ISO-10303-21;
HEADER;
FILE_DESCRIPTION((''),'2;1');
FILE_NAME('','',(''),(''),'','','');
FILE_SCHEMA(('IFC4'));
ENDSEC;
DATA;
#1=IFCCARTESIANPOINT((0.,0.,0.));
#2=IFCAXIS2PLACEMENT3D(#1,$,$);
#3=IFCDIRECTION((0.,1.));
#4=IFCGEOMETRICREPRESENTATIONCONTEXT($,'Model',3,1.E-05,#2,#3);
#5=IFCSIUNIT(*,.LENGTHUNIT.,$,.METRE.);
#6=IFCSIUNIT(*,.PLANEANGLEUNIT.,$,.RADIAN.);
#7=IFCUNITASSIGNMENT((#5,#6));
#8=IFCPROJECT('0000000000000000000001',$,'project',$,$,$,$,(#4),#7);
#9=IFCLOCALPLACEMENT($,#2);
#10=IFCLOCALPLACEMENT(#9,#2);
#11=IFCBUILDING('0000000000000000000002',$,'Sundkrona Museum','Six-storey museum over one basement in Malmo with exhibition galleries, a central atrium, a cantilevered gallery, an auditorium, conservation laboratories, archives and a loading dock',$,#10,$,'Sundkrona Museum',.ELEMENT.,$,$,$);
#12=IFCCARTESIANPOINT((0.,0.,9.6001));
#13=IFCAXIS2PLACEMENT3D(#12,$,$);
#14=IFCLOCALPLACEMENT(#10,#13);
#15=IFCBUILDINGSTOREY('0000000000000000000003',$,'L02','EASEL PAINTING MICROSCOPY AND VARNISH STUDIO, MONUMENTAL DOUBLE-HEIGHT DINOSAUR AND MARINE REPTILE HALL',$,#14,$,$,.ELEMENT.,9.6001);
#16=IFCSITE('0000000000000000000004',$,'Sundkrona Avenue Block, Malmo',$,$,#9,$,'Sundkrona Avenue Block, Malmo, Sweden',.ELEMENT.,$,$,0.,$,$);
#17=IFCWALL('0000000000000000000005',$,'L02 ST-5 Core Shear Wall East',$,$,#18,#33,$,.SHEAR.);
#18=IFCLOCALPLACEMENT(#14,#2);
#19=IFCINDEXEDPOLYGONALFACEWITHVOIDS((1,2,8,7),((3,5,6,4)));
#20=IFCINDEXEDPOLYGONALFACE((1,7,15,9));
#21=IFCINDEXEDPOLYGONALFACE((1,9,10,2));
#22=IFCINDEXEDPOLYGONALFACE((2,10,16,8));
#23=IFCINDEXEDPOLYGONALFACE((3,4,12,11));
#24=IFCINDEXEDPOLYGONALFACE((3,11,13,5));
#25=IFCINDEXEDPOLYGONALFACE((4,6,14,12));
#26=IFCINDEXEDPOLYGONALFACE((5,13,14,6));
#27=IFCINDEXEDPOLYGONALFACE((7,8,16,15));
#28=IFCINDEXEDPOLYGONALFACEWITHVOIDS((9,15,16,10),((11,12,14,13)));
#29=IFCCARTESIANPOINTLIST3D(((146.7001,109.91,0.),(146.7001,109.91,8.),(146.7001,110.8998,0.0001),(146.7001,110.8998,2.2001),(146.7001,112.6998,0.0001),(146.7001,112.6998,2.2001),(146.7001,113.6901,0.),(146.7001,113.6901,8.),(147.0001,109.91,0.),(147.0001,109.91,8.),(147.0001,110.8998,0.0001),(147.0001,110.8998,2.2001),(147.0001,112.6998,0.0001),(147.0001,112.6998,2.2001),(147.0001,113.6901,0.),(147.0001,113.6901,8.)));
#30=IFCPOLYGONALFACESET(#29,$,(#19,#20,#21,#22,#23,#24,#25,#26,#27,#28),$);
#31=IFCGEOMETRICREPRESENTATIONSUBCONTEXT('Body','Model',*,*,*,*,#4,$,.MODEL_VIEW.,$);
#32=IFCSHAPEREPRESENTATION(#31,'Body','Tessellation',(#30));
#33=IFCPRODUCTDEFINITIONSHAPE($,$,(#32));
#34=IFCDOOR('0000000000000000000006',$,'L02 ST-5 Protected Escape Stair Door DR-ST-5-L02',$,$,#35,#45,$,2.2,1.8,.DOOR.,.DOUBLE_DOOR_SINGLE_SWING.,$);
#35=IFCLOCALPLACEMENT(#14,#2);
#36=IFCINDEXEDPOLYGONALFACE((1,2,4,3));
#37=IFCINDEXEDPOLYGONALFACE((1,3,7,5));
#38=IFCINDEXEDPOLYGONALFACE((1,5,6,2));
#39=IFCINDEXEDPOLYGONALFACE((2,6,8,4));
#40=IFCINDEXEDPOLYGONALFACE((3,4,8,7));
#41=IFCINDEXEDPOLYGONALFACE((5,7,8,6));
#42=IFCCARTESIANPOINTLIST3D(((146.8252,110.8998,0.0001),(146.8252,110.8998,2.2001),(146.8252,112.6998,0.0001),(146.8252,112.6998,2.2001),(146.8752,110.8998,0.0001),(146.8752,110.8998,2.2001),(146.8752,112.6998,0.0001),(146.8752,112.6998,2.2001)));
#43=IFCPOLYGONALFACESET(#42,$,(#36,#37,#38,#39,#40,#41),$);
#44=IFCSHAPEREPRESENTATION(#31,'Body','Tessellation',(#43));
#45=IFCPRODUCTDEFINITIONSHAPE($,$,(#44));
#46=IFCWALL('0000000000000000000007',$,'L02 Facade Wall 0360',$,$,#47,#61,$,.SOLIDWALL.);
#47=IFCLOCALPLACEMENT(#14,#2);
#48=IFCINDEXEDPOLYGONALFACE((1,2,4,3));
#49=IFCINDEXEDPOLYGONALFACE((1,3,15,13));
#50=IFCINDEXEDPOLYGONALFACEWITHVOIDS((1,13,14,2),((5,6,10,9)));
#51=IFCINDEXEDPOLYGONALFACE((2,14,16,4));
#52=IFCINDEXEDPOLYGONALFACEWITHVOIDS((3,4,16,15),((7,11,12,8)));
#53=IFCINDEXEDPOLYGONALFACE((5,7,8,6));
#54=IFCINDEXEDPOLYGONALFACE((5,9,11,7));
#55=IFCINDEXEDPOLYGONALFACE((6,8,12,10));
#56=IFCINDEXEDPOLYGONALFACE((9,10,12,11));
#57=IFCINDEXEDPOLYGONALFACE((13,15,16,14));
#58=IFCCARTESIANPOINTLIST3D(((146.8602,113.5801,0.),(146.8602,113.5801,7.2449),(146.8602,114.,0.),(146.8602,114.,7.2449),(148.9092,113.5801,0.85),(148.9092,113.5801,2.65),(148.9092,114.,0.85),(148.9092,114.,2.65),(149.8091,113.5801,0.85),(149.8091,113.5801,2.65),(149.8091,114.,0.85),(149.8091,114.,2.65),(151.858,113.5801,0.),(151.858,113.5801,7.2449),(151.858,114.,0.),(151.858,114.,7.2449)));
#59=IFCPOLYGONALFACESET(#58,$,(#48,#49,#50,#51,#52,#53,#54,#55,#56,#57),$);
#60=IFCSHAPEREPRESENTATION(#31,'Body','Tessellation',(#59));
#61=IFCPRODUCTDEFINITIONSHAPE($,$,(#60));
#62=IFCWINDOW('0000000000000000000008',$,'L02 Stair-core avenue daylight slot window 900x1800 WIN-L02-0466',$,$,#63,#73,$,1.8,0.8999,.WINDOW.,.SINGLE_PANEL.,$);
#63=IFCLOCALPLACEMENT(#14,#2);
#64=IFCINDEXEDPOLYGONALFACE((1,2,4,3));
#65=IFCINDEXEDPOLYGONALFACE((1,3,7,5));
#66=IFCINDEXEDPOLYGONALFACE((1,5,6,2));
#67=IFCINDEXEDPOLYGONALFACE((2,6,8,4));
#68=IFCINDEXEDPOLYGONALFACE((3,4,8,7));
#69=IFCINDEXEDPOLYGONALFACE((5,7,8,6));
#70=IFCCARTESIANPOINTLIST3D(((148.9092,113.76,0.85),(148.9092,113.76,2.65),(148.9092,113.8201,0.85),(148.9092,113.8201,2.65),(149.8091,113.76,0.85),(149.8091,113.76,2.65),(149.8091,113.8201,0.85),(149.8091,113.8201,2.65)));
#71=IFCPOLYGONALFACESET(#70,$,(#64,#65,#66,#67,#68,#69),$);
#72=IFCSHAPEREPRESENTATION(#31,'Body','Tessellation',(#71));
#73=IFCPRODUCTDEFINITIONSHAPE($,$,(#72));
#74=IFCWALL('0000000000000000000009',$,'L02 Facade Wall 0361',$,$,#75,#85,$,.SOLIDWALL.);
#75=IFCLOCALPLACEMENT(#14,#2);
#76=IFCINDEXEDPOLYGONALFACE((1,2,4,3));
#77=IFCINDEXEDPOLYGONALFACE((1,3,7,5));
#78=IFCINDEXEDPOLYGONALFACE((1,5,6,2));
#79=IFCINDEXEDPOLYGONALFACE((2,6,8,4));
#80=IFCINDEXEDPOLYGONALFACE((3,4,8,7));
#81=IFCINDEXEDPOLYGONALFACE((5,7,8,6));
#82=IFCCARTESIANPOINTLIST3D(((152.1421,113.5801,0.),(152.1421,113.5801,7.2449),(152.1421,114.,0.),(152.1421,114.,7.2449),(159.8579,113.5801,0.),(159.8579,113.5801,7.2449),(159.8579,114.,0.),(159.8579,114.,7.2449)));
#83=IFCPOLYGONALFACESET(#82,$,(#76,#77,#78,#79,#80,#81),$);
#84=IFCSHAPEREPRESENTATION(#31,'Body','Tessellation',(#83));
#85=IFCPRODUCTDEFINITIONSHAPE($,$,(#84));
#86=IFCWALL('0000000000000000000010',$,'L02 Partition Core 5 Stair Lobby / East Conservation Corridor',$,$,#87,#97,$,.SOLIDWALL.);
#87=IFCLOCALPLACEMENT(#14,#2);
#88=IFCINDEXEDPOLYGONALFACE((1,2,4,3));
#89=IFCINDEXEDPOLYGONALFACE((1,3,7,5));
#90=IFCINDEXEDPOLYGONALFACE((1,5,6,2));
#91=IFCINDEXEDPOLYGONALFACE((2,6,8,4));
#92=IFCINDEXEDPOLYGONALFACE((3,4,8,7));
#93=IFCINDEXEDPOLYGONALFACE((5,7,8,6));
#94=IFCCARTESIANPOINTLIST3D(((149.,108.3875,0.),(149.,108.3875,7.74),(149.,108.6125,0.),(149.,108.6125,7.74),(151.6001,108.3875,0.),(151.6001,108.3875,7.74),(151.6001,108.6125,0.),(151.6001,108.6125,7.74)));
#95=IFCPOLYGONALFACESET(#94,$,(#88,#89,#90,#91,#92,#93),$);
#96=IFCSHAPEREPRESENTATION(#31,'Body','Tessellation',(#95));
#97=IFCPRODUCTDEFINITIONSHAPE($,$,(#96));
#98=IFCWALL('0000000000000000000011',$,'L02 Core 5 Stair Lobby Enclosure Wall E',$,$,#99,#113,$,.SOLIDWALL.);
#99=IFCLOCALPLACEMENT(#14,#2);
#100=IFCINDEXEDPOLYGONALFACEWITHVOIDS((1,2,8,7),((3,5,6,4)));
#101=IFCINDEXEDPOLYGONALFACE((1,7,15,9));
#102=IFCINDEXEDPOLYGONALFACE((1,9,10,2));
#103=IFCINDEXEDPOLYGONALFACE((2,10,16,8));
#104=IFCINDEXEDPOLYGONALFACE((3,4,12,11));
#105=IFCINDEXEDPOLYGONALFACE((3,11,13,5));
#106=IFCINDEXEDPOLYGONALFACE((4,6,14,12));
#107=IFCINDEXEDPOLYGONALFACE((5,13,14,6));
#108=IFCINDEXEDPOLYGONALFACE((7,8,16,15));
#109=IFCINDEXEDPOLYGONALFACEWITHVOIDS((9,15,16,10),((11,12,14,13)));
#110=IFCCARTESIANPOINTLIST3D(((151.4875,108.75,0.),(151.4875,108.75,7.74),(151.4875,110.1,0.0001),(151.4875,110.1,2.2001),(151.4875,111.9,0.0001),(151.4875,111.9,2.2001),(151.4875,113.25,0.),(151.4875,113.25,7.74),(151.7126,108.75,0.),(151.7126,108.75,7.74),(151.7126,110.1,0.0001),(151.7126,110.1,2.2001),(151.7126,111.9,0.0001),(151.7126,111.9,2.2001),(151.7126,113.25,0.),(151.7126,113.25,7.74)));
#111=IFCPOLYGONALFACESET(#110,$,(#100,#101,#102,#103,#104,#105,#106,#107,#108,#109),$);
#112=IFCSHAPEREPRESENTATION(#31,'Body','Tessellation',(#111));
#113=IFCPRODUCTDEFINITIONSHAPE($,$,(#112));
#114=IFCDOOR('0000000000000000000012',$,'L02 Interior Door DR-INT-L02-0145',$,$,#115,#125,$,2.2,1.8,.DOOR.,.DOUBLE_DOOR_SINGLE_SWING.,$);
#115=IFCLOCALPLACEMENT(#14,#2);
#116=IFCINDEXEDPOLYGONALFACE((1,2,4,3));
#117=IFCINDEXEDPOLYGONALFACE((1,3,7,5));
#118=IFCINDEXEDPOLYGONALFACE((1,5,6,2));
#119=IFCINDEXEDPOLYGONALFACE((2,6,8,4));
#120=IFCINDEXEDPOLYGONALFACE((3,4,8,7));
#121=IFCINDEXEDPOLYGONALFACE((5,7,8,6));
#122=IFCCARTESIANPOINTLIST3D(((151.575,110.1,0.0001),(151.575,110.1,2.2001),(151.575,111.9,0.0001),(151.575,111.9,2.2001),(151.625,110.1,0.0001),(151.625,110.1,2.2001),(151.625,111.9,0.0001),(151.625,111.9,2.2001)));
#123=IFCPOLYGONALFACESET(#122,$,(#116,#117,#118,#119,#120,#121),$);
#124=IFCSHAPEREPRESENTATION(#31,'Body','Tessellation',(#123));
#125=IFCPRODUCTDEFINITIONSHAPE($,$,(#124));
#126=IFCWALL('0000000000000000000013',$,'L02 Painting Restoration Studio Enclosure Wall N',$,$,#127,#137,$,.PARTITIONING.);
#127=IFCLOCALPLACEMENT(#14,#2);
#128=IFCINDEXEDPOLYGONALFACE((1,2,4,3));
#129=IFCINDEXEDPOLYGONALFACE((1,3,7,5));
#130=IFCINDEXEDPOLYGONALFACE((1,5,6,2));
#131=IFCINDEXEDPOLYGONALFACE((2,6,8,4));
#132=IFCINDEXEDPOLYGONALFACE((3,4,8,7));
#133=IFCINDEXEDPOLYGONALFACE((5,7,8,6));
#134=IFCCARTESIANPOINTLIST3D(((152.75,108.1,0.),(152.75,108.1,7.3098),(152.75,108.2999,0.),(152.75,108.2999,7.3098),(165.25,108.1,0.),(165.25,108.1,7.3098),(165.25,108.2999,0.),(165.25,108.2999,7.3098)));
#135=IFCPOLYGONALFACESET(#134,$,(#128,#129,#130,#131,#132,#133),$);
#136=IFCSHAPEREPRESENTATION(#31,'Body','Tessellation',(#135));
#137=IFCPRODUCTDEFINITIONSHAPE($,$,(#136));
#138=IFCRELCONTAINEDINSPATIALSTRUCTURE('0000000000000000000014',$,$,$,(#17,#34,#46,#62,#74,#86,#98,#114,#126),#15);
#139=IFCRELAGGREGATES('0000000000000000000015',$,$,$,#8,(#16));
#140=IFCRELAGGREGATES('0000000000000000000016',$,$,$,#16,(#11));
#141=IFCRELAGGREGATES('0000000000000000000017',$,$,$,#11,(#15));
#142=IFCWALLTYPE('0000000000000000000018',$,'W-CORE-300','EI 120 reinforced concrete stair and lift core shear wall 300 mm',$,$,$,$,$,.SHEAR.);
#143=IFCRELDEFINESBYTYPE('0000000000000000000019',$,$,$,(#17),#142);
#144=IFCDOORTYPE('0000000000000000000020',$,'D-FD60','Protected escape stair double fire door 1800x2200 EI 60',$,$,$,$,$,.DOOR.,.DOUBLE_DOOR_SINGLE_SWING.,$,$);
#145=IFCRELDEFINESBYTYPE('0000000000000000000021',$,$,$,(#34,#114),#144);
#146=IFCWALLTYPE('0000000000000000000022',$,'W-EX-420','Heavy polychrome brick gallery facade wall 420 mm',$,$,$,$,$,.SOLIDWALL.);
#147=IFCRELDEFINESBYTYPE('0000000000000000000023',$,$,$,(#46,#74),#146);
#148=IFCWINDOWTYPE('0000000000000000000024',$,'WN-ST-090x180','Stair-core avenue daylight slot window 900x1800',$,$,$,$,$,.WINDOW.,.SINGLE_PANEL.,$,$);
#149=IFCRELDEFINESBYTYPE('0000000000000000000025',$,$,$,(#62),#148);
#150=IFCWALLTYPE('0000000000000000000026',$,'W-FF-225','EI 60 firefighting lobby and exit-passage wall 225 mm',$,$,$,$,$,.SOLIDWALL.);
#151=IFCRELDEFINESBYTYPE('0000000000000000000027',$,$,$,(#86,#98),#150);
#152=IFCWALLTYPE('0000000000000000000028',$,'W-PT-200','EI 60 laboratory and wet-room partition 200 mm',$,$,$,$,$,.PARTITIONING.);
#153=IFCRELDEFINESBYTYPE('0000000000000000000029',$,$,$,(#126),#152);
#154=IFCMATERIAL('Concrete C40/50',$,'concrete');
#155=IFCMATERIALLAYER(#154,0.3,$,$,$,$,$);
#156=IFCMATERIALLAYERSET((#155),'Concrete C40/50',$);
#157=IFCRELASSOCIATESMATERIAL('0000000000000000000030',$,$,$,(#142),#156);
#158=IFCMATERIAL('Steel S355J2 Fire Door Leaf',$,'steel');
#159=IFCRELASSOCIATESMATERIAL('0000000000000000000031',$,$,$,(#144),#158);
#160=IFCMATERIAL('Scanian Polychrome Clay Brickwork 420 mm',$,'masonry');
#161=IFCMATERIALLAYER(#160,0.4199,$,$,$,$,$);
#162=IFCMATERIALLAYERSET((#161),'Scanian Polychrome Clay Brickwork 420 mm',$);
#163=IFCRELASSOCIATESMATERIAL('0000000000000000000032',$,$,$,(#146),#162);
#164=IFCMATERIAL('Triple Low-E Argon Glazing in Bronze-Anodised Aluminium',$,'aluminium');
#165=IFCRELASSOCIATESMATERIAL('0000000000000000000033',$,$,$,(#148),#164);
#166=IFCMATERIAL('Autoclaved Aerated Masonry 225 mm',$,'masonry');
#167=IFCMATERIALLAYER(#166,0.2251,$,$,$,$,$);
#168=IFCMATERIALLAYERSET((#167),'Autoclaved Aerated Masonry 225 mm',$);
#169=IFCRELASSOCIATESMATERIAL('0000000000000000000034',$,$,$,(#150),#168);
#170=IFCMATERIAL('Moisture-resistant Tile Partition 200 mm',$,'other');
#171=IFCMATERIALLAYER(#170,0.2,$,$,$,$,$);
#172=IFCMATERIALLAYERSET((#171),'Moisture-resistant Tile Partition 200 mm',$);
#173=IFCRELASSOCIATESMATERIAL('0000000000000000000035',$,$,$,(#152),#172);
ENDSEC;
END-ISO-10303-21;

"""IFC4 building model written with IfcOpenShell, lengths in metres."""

from ifc_helpers import new_model, si_unit, direction, frame, frame_2d, origin, place, context, subcontext, project, spatial, rectangle, extrude, material, layer, layer_set, type_object, element, fill, save


model = new_model("IFC4")

# Units and contexts
model_context = context("Model", 3, precision=1e-05, world=origin(), true_north=direction((0.0, 1.0)))
body_context = subcontext(model_context, "Body", "Model", "MODEL_VIEW")
ifc_project = project(units=[si_unit("LENGTHUNIT", "METRE"), si_unit("PLANEANGLEUNIT", "RADIAN")], contexts=[model_context])

# Site, building, storey
site_placement = place(None, origin())
site = spatial("IfcSite", under=ifc_project, at=site_placement, Name="Sundkrona Avenue Block, Malmo", LongName="Sundkrona Avenue Block, Malmo, Sweden", CompositionType="ELEMENT", RefElevation=0.0)
building_placement = place(site_placement, origin())
building = spatial("IfcBuilding", under=site, at=building_placement, Name="Sundkrona Museum", Description="Six-storey museum over one basement in Malmo with exhibition galleries, a central atrium, a cantilevered gallery, an auditorium, conservation laboratories, archives and a loading dock", LongName="Sundkrona Museum", CompositionType="ELEMENT")
storey_placement = place(building_placement, frame((0.0, 0.0, 9.6001)))
storey = spatial("IfcBuildingStorey", under=building, at=storey_placement, Name="L02", Description="EASEL PAINTING MICROSCOPY AND VARNISH STUDIO, MONUMENTAL DOUBLE-HEIGHT DINOSAUR AND MARINE REPTILE HALL", CompositionType="ELEMENT", Elevation=9.6001)

# Wall, opening, door
ifc_material_1 = material(Name="Concrete C40/50", Category="concrete")
ifc_layer_1 = layer(ifc_material_1, 0.3)
ifc_layer_set_1 = layer_set([ifc_layer_1], Name="Concrete C40/50")
wall_type_1 = type_object("IfcWallType", Name="W-CORE-300", Description="EI 120 reinforced concrete stair and lift core shear wall 300 mm", PredefinedType="SHEAR", material=ifc_layer_set_1)
wall_1_placement = place(storey_placement, frame((146.8501, 109.9099, 0.0), z_axis=(0.0, 0.0, 1.0), x_axis=(0.0, 1.0, 0.0)))
wall_1 = element("IfcWall", 1, at=wall_1_placement, inside=storey, type_object=wall_type_1, Name="L02 ST-5 Core Shear Wall East", PredefinedType="SHEAR", context=body_context, shape_type="SweptSolid", body=[
    extrude(rectangle(XDim=3.78, YDim=0.3, at=frame_2d((1.8901, 0.0))), origin(), (0.0, 0.0, 1.0), 8.0),
])
opening_1_placement = place(wall_1_placement, frame((0.99, 0.0, 0.0)))
opening_1 = element("IfcOpeningElement", 2, at=opening_1_placement, cuts=wall_1, PredefinedType="OPENING", context=body_context, shape_type="SweptSolid", body=[
    extrude(rectangle(XDim=1.8, YDim=2.2, at=frame_2d((0.8999, 1.1001))), frame((0.0, 0.1599, 0.0), z_axis=(0.0, -1.0, 0.0), x_axis=(1.0, 0.0, 0.0)), (0.0, 0.0, 1.0), 0.3201),
])
ifc_material_2 = material(Name="Steel S355J2 Fire Door Leaf", Category="steel")
door_type = type_object("IfcDoorType", Name="D-FD60", Description="Protected escape stair double fire door 1800x2200 EI 60", OperationType="DOUBLE_DOOR_SINGLE_SWING", PredefinedType="DOOR", material=ifc_material_2)
door_1_placement = place(opening_1_placement, origin())
door_1 = element("IfcDoor", 3, at=door_1_placement, inside=storey, type_object=door_type, Name="L02 ST-5 Protected Escape Stair Door DR-ST-5-L02", OperationType="DOUBLE_DOOR_SINGLE_SWING", OverallHeight=2.2, OverallWidth=1.8, PredefinedType="DOOR", context=body_context, shape_type="SweptSolid", body=[
    extrude(rectangle(XDim=1.8, YDim=2.2, at=frame_2d((0.8999, 1.1001))), frame((0.0, 0.0249, 0.0), z_axis=(0.0, -1.0, 0.0), x_axis=(1.0, 0.0, 0.0)), (0.0, 0.0, 1.0), 0.05),
])
fill(opening_1, door_1)

# Wall, opening, window
ifc_material_3 = material(Name="Scanian Polychrome Clay Brickwork 420 mm", Category="masonry")
ifc_layer_2 = layer(ifc_material_3, 0.4199)
ifc_layer_set_2 = layer_set([ifc_layer_2], Name="Scanian Polychrome Clay Brickwork 420 mm")
wall_type_2 = type_object("IfcWallType", Name="W-EX-420", Description="Heavy polychrome brick gallery facade wall 420 mm", PredefinedType="SOLIDWALL", material=ifc_layer_set_2)
wall_2_placement = place(storey_placement, frame((146.8601, 113.79, 0.0), z_axis=(0.0, 0.0, 1.0), x_axis=(1.0, 0.0, 0.0)))
wall_2 = element("IfcWall", 4, at=wall_2_placement, inside=storey, type_object=wall_type_2, Name="L02 Facade Wall 0360", PredefinedType="SOLIDWALL", context=body_context, shape_type="SweptSolid", body=[
    extrude(rectangle(XDim=4.9978, YDim=0.4199, at=frame_2d((2.499, 0.0))), origin(), (0.0, 0.0, 1.0), 7.2449),
])
opening_2_placement = place(wall_2_placement, frame((2.0491, 0.0, 0.8501)))
opening_2 = element("IfcOpeningElement", 5, at=opening_2_placement, cuts=wall_2, PredefinedType="OPENING", context=body_context, shape_type="SweptSolid", body=[
    extrude(rectangle(XDim=0.8999, YDim=1.8, at=frame_2d((0.45, 0.8999))), frame((0.0, 0.22, 0.0), z_axis=(0.0, -1.0, 0.0), x_axis=(1.0, 0.0, 0.0)), (0.0, 0.0, 1.0), 0.4399),
])
ifc_material_4 = material(Name="Triple Low-E Argon Glazing in Bronze-Anodised Aluminium", Category="aluminium")
window_type = type_object("IfcWindowType", Name="WN-ST-090x180", Description="Stair-core avenue daylight slot window 900x1800", PartitioningType="SINGLE_PANEL", PredefinedType="WINDOW", material=ifc_material_4)
window_placement = place(opening_2_placement, origin())
window = element("IfcWindow", 6, at=window_placement, inside=storey, type_object=window_type, Name="L02 Stair-core avenue daylight slot window 900x1800 WIN-L02-0466", OverallHeight=1.8, OverallWidth=0.8999, PartitioningType="SINGLE_PANEL", PredefinedType="WINDOW", context=body_context, shape_type="SweptSolid", body=[
    extrude(rectangle(XDim=0.8999, YDim=1.8, at=frame_2d((0.45, 0.8999))), frame((0.0, 0.03, 0.0), z_axis=(0.0, -1.0, 0.0), x_axis=(1.0, 0.0, 0.0)), (0.0, 0.0, 1.0), 0.0601),
])
fill(opening_2, window)

# Walls
wall_3_placement = place(storey_placement, frame((152.1421, 113.79, 0.0), z_axis=(0.0, 0.0, 1.0), x_axis=(1.0, 0.0, 0.0)))
element("IfcWall", 7, at=wall_3_placement, inside=storey, type_object=wall_type_2, Name="L02 Facade Wall 0361", PredefinedType="SOLIDWALL", context=body_context, shape_type="SweptSolid", body=[
    extrude(rectangle(XDim=7.7158, YDim=0.4199, at=frame_2d((3.8579, 0.0))), origin(), (0.0, 0.0, 1.0), 7.2449),
])
ifc_material_5 = material(Name="Autoclaved Aerated Masonry 225 mm", Category="masonry")
ifc_layer_3 = layer(ifc_material_5, 0.2251)
ifc_layer_set_3 = layer_set([ifc_layer_3], Name="Autoclaved Aerated Masonry 225 mm")
wall_type_3 = type_object("IfcWallType", Name="W-FF-225", Description="EI 60 firefighting lobby and exit-passage wall 225 mm", PredefinedType="SOLIDWALL", material=ifc_layer_set_3)
wall_4_placement = place(storey_placement, frame((149.0, 108.5, 0.0), z_axis=(0.0, 0.0, 1.0), x_axis=(1.0, 0.0, 0.0)))
element("IfcWall", 8, at=wall_4_placement, inside=storey, type_object=wall_type_3, Name="L02 Partition Core 5 Stair Lobby / East Conservation Corridor", PredefinedType="SOLIDWALL", context=body_context, shape_type="SweptSolid", body=[
    extrude(rectangle(XDim=2.6001, YDim=0.2251, at=frame_2d((1.3, 0.0))), origin(), (0.0, 0.0, 1.0), 7.74),
])

# Wall, opening, door
wall_5_placement = place(storey_placement, frame((151.6001, 113.25, 0.0), z_axis=(0.0, 0.0, 1.0), x_axis=(0.0, -1.0, 0.0)))
wall_5 = element("IfcWall", 9, at=wall_5_placement, inside=storey, type_object=wall_type_3, Name="L02 Core 5 Stair Lobby Enclosure Wall E", PredefinedType="SOLIDWALL", context=body_context, shape_type="SweptSolid", body=[
    extrude(rectangle(XDim=4.5, YDim=0.2251, at=frame_2d((2.25, 0.0))), origin(), (0.0, 0.0, 1.0), 7.74),
])
opening_3_placement = place(wall_5_placement, frame((1.3501, 0.0, 0.0)))
opening_3 = element("IfcOpeningElement", 10, at=opening_3_placement, cuts=wall_5, PredefinedType="OPENING", context=body_context, shape_type="SweptSolid", body=[
    extrude(rectangle(XDim=1.8, YDim=2.2, at=frame_2d((0.8999, 1.1001))), frame((0.0, 0.1226, 0.0), z_axis=(0.0, -1.0, 0.0), x_axis=(1.0, 0.0, 0.0)), (0.0, 0.0, 1.0), 0.2451),
])
door_2_placement = place(opening_3_placement, origin())
door_2 = element("IfcDoor", 11, at=door_2_placement, inside=storey, type_object=door_type, Name="L02 Interior Door DR-INT-L02-0145", OperationType="DOUBLE_DOOR_SINGLE_SWING", OverallHeight=2.2, OverallWidth=1.8, PredefinedType="DOOR", context=body_context, shape_type="SweptSolid", body=[
    extrude(rectangle(XDim=1.8, YDim=2.2, at=frame_2d((0.8999, 1.1001))), frame((0.0, 0.0249, 0.0), z_axis=(0.0, -1.0, 0.0), x_axis=(1.0, 0.0, 0.0)), (0.0, 0.0, 1.0), 0.05),
])
fill(opening_3, door_2)

# Wall
ifc_material_6 = material(Name="Moisture-resistant Tile Partition 200 mm", Category="other")
ifc_layer_4 = layer(ifc_material_6, 0.2)
ifc_layer_set_4 = layer_set([ifc_layer_4], Name="Moisture-resistant Tile Partition 200 mm")
wall_type_4 = type_object("IfcWallType", Name="W-PT-200", Description="EI 60 laboratory and wet-room partition 200 mm", PredefinedType="PARTITIONING", material=ifc_layer_set_4)
wall_6_placement = place(storey_placement, frame((152.75, 108.2, 0.0), z_axis=(0.0, 0.0, 1.0), x_axis=(1.0, 0.0, 0.0)))
element("IfcWall", 12, at=wall_6_placement, inside=storey, type_object=wall_type_4, Name="L02 Painting Restoration Studio Enclosure Wall N", PredefinedType="PARTITIONING", context=body_context, shape_type="SweptSolid", body=[
    extrude(rectangle(XDim=12.5, YDim=0.2, at=frame_2d((6.25, 0.0))), origin(), (0.0, 0.0, 1.0), 7.3098),
])

save(model, "model.ifc")
